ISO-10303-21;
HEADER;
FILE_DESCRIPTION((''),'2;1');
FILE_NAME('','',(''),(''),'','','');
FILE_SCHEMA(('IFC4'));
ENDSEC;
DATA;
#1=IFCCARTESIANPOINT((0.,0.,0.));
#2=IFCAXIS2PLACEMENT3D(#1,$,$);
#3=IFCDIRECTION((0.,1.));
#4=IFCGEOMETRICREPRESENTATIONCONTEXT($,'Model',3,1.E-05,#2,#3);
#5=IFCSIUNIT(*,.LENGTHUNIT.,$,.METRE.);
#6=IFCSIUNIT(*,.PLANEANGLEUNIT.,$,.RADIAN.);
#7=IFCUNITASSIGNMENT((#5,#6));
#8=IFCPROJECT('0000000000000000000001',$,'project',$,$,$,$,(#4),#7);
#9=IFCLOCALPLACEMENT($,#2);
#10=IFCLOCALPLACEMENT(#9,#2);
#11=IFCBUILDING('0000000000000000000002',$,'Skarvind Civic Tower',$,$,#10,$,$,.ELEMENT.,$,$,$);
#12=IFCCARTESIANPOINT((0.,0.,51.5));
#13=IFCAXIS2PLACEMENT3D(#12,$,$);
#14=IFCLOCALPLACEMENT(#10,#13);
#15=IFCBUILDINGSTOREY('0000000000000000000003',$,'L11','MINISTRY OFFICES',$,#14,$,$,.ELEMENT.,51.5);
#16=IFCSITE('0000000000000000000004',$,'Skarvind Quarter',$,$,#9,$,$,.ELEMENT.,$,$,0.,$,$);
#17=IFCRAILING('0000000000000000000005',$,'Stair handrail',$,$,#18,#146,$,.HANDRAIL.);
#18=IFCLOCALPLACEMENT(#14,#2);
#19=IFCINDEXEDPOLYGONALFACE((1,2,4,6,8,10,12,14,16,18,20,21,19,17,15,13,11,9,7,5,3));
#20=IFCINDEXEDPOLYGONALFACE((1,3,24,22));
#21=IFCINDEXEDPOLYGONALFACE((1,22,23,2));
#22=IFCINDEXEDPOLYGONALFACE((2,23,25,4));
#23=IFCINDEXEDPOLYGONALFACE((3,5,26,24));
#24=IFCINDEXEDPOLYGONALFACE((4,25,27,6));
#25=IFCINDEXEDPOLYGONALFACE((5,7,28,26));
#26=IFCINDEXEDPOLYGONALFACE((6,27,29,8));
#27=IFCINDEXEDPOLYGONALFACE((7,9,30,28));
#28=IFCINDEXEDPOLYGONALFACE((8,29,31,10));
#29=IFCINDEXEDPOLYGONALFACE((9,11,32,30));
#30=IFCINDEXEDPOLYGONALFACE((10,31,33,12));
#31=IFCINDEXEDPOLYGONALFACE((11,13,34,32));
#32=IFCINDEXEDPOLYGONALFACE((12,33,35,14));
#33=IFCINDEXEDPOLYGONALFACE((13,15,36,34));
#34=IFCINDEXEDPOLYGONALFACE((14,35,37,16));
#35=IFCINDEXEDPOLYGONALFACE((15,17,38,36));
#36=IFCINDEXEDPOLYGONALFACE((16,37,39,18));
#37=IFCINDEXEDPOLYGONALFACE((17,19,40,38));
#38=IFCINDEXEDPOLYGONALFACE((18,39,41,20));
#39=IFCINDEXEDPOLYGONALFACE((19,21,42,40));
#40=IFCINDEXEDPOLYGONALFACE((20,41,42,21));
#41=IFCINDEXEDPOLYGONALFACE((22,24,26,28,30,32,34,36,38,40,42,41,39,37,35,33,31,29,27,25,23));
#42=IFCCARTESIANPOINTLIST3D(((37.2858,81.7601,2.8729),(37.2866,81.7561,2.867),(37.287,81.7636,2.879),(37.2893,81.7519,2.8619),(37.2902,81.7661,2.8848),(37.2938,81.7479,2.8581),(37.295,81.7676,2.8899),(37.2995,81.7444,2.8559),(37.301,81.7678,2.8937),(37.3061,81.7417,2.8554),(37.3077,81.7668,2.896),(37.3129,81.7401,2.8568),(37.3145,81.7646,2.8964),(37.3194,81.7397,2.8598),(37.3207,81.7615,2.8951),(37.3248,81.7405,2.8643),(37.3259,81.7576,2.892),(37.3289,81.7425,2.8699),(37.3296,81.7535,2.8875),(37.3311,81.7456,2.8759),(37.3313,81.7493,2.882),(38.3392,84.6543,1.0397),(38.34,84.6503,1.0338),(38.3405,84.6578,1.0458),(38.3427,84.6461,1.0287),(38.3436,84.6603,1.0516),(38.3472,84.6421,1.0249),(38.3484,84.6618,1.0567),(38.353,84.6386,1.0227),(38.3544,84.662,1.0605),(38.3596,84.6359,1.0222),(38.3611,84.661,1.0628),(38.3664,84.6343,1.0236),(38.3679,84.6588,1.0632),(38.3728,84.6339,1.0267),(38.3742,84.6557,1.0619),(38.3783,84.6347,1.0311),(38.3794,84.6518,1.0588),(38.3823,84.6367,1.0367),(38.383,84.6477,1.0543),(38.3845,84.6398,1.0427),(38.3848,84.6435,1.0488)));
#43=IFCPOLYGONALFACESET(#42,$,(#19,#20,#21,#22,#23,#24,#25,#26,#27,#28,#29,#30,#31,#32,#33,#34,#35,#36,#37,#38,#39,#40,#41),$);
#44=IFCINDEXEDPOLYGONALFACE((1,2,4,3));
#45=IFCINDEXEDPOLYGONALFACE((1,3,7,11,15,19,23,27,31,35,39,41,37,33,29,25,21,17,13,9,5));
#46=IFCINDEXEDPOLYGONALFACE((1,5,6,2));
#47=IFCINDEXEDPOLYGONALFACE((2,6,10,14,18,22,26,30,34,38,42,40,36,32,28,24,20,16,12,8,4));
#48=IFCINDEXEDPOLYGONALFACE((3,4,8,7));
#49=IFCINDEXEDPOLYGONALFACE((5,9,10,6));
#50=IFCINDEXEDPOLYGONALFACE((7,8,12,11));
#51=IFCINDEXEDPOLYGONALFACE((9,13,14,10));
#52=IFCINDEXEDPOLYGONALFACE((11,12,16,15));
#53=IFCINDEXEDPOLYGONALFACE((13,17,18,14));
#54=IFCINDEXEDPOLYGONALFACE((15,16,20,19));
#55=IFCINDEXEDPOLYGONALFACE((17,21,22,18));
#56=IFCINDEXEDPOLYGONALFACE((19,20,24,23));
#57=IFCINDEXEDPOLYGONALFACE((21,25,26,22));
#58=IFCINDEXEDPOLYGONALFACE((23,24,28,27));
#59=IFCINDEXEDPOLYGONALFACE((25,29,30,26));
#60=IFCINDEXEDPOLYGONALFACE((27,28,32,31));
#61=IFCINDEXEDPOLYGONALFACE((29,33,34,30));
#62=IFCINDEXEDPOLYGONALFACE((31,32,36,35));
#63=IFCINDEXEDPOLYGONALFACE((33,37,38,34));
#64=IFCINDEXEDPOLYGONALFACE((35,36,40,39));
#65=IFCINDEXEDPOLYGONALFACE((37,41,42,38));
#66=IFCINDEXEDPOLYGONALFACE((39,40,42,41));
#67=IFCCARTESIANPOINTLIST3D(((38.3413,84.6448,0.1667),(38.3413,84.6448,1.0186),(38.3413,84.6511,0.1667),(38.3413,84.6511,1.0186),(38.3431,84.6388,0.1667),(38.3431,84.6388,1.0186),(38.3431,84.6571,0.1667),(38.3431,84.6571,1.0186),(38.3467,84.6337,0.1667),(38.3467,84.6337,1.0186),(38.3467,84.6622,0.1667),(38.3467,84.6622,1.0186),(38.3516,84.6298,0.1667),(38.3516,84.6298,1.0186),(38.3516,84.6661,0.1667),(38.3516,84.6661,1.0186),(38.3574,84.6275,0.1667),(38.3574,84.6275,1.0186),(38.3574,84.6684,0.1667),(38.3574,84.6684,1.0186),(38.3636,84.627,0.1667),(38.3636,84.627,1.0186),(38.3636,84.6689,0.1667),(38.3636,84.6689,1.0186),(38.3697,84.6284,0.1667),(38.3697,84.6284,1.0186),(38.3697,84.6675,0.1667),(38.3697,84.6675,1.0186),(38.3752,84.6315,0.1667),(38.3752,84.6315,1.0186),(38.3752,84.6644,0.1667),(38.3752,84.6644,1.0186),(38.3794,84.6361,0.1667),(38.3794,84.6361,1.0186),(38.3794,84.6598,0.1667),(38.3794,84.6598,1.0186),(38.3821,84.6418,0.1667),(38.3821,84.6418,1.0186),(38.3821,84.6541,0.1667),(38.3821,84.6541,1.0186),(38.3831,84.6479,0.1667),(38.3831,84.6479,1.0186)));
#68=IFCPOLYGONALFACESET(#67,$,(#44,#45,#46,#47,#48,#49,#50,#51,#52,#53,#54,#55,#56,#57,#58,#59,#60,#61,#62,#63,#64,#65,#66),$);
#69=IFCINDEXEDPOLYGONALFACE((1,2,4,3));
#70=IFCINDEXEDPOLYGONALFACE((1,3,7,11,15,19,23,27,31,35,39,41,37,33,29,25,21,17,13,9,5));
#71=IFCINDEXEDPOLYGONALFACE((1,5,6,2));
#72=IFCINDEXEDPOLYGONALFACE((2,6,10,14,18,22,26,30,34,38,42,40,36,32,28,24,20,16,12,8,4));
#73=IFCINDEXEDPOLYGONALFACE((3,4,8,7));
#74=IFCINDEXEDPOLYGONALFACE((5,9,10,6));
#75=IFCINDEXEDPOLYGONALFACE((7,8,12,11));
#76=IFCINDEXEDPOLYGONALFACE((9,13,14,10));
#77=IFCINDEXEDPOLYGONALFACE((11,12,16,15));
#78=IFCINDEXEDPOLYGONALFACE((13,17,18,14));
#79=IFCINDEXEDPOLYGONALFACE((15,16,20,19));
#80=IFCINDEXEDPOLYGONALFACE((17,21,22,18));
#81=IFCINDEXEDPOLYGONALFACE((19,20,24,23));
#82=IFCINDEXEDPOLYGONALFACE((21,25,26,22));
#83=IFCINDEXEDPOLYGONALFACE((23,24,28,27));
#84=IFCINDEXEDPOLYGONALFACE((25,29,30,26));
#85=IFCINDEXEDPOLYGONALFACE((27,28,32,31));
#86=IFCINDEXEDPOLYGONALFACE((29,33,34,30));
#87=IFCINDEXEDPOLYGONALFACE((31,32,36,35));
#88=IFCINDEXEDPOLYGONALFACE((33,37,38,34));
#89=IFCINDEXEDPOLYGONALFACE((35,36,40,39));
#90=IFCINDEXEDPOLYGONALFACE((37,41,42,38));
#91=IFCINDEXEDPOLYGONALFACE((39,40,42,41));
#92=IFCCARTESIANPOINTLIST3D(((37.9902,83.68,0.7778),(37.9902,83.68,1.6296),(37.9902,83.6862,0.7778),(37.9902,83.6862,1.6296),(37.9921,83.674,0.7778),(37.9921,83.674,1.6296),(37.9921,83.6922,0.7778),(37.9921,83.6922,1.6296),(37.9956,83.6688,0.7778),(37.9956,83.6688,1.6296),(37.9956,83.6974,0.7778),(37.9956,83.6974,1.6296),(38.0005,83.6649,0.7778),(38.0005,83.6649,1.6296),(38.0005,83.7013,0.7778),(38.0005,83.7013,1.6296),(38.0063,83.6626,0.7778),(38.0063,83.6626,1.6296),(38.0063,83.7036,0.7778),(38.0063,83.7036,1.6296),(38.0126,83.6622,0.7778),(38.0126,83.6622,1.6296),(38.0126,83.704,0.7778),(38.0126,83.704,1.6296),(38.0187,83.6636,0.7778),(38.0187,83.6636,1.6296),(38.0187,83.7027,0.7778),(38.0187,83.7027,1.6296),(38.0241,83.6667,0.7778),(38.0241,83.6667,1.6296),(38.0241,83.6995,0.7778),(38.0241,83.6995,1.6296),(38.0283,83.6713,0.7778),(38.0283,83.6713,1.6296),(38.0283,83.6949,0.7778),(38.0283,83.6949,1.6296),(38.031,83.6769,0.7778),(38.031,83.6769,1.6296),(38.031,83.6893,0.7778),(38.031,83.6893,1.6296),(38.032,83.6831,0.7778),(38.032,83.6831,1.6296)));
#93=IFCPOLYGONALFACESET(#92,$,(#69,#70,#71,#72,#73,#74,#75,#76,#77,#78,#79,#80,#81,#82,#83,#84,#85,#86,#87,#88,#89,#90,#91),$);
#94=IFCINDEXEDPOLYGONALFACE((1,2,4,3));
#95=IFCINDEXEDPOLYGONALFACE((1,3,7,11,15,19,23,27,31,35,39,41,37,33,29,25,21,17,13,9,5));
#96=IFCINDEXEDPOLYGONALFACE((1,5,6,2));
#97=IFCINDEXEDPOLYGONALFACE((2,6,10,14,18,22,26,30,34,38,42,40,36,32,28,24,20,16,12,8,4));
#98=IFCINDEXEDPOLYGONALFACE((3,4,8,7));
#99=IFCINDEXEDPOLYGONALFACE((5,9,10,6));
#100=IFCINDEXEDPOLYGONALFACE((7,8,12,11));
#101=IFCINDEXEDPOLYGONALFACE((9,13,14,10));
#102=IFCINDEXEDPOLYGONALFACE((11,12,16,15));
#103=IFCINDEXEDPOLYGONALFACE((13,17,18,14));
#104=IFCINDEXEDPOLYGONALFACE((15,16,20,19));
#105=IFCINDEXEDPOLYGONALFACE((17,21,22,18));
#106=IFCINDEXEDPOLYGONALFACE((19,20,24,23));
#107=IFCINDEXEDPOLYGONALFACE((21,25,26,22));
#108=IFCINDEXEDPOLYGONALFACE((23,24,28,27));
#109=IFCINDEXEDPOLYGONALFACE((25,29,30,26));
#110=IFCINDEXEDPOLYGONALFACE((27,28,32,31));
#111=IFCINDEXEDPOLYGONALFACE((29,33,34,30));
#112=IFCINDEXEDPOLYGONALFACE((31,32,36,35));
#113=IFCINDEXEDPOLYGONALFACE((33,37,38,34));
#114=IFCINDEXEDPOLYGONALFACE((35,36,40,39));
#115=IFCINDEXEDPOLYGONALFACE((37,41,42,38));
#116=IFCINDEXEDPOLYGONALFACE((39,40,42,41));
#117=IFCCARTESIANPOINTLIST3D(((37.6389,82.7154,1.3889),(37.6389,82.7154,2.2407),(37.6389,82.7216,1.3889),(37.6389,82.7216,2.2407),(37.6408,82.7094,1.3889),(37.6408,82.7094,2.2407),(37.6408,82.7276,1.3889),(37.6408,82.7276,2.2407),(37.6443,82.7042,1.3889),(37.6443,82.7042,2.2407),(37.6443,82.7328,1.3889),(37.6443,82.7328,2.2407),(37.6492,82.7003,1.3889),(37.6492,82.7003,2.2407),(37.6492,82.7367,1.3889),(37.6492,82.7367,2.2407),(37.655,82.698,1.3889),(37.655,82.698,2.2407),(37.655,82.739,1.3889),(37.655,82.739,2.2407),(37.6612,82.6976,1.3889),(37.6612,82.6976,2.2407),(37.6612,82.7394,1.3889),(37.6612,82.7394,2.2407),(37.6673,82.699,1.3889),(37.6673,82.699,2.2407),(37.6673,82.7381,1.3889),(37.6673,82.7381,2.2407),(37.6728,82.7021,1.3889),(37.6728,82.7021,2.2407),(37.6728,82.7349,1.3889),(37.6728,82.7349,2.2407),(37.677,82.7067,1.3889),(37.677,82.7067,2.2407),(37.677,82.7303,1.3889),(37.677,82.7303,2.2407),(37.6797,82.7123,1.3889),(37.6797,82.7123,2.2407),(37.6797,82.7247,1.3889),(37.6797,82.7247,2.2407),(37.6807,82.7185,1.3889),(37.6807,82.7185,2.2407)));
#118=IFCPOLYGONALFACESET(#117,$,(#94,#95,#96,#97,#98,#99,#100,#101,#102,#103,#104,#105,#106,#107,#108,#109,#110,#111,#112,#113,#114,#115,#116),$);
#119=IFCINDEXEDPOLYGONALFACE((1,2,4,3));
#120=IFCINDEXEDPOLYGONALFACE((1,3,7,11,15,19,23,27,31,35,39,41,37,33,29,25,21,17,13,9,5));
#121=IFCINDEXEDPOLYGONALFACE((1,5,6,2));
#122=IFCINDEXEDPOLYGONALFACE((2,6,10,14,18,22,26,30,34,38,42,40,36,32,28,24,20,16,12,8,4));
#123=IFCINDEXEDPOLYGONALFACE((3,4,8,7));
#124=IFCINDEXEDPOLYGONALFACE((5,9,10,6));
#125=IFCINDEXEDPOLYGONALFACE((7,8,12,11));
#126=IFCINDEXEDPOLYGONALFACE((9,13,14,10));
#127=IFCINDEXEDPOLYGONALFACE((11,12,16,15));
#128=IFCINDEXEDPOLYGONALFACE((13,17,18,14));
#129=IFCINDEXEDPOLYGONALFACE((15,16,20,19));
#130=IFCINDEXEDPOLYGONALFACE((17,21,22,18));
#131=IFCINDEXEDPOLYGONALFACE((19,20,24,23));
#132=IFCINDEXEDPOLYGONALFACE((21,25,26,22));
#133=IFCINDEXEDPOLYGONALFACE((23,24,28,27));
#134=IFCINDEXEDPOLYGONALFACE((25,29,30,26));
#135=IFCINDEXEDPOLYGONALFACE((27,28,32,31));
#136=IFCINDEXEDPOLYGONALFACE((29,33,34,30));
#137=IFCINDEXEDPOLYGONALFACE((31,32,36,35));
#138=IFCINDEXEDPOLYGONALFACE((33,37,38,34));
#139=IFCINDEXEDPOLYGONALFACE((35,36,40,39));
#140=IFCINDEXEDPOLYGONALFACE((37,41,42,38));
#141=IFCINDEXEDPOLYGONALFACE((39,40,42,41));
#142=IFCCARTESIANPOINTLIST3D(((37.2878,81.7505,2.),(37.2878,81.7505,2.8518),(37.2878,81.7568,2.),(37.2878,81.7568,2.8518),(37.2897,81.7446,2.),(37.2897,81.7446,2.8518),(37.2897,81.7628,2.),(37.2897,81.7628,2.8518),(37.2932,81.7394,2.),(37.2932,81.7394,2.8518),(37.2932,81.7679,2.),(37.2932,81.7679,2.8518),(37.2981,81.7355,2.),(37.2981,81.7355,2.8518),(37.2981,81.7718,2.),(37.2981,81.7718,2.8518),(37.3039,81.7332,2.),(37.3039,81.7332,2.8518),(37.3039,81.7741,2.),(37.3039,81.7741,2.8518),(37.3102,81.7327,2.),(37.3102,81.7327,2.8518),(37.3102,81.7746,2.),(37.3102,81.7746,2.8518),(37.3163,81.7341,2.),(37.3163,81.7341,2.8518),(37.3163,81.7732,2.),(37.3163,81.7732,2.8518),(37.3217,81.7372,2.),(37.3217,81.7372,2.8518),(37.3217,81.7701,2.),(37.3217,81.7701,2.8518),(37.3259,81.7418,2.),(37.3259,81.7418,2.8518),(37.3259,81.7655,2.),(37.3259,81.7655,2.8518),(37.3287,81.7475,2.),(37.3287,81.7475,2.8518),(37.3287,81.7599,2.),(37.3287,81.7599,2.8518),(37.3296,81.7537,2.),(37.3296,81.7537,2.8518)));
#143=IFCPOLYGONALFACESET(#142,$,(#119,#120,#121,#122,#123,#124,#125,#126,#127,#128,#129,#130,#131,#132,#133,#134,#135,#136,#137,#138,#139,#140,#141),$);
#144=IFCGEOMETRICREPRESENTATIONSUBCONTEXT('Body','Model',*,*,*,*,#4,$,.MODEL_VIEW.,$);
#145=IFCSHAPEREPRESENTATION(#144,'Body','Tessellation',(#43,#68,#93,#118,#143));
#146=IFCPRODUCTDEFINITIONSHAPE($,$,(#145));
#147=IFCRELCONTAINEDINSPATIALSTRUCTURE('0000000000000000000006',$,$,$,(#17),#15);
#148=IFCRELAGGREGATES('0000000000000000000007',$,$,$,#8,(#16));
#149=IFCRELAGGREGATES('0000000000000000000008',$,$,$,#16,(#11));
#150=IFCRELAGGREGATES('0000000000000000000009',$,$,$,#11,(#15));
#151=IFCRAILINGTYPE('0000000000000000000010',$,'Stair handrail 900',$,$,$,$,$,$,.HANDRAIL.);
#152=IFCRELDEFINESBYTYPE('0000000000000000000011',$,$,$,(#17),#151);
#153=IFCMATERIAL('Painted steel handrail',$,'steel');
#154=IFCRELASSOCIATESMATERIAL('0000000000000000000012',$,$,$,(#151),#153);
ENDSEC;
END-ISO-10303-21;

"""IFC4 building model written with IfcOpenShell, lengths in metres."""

from ifc_helpers import new_model, si_unit, direction, frame, origin, origin_2d, place, context, subcontext, project, spatial, circle, extrude, material, type_object, element, save


model = new_model("IFC4")

# Units and contexts
model_context = context("Model", 3, precision=1e-05, world=origin(), true_north=direction((0.0, 1.0)))
body_context = subcontext(model_context, "Body", "Model", "MODEL_VIEW")
ifc_project = project(units=[si_unit("LENGTHUNIT", "METRE"), si_unit("PLANEANGLEUNIT", "RADIAN")], contexts=[model_context])

# Site, building, storey
site_placement = place(None, origin())
site = spatial("IfcSite", under=ifc_project, at=site_placement, Name="Skarvind Quarter", CompositionType="ELEMENT", RefElevation=0.0)
building_placement = place(site_placement, origin())
building = spatial("IfcBuilding", under=site, at=building_placement, Name="Skarvind Civic Tower", CompositionType="ELEMENT")
storey_placement = place(building_placement, frame((0.0, 0.0, 51.5)))
storey = spatial("IfcBuildingStorey", under=building, at=storey_placement, Name="L11", Description="MINISTRY OFFICES", CompositionType="ELEMENT", Elevation=51.5)

# Railing
ifc_material_1 = material(Name="Painted steel handrail", Category="steel")
railing_type = type_object("IfcRailingType", Name="Stair handrail 900", PredefinedType="HANDRAIL", material=ifc_material_1)
railing_1_placement = place(storey_placement, frame((38.3621, 84.6479, 0.1667)))
element("IfcRailing", 1, at=railing_1_placement, inside=storey, type_object=railing_type, Name="Stair handrail", PredefinedType="HANDRAIL", context=body_context, shape_type="SweptSolid", body=[
    extrude(circle(Radius=0.0239, at=origin_2d()), frame((0.0, 0.0, 0.876), z_axis=(-0.293908, -0.807481, 0.511461), x_axis=(0.939689, -0.342029, 0.0)), (0.0, 0.0, 1.0), 3.5842),
    extrude(circle(Radius=0.021, at=origin_2d()), origin(), (0.0, 0.0, 1.0), 0.8518),
    extrude(circle(Radius=0.021, at=origin_2d()), frame((-0.3511, -0.9648, 0.6111)), (0.0, 0.0, 1.0), 0.8518),
    extrude(circle(Radius=0.021, at=origin_2d()), frame((-0.7024, -1.9294, 1.2222)), (0.0, 0.0, 1.0), 0.8518),
    extrude(circle(Radius=0.021, at=origin_2d()), frame((-1.0535, -2.8943, 1.8333)), (0.0, 0.0, 1.0), 0.8518),
])

save(model, "model.ifc")
